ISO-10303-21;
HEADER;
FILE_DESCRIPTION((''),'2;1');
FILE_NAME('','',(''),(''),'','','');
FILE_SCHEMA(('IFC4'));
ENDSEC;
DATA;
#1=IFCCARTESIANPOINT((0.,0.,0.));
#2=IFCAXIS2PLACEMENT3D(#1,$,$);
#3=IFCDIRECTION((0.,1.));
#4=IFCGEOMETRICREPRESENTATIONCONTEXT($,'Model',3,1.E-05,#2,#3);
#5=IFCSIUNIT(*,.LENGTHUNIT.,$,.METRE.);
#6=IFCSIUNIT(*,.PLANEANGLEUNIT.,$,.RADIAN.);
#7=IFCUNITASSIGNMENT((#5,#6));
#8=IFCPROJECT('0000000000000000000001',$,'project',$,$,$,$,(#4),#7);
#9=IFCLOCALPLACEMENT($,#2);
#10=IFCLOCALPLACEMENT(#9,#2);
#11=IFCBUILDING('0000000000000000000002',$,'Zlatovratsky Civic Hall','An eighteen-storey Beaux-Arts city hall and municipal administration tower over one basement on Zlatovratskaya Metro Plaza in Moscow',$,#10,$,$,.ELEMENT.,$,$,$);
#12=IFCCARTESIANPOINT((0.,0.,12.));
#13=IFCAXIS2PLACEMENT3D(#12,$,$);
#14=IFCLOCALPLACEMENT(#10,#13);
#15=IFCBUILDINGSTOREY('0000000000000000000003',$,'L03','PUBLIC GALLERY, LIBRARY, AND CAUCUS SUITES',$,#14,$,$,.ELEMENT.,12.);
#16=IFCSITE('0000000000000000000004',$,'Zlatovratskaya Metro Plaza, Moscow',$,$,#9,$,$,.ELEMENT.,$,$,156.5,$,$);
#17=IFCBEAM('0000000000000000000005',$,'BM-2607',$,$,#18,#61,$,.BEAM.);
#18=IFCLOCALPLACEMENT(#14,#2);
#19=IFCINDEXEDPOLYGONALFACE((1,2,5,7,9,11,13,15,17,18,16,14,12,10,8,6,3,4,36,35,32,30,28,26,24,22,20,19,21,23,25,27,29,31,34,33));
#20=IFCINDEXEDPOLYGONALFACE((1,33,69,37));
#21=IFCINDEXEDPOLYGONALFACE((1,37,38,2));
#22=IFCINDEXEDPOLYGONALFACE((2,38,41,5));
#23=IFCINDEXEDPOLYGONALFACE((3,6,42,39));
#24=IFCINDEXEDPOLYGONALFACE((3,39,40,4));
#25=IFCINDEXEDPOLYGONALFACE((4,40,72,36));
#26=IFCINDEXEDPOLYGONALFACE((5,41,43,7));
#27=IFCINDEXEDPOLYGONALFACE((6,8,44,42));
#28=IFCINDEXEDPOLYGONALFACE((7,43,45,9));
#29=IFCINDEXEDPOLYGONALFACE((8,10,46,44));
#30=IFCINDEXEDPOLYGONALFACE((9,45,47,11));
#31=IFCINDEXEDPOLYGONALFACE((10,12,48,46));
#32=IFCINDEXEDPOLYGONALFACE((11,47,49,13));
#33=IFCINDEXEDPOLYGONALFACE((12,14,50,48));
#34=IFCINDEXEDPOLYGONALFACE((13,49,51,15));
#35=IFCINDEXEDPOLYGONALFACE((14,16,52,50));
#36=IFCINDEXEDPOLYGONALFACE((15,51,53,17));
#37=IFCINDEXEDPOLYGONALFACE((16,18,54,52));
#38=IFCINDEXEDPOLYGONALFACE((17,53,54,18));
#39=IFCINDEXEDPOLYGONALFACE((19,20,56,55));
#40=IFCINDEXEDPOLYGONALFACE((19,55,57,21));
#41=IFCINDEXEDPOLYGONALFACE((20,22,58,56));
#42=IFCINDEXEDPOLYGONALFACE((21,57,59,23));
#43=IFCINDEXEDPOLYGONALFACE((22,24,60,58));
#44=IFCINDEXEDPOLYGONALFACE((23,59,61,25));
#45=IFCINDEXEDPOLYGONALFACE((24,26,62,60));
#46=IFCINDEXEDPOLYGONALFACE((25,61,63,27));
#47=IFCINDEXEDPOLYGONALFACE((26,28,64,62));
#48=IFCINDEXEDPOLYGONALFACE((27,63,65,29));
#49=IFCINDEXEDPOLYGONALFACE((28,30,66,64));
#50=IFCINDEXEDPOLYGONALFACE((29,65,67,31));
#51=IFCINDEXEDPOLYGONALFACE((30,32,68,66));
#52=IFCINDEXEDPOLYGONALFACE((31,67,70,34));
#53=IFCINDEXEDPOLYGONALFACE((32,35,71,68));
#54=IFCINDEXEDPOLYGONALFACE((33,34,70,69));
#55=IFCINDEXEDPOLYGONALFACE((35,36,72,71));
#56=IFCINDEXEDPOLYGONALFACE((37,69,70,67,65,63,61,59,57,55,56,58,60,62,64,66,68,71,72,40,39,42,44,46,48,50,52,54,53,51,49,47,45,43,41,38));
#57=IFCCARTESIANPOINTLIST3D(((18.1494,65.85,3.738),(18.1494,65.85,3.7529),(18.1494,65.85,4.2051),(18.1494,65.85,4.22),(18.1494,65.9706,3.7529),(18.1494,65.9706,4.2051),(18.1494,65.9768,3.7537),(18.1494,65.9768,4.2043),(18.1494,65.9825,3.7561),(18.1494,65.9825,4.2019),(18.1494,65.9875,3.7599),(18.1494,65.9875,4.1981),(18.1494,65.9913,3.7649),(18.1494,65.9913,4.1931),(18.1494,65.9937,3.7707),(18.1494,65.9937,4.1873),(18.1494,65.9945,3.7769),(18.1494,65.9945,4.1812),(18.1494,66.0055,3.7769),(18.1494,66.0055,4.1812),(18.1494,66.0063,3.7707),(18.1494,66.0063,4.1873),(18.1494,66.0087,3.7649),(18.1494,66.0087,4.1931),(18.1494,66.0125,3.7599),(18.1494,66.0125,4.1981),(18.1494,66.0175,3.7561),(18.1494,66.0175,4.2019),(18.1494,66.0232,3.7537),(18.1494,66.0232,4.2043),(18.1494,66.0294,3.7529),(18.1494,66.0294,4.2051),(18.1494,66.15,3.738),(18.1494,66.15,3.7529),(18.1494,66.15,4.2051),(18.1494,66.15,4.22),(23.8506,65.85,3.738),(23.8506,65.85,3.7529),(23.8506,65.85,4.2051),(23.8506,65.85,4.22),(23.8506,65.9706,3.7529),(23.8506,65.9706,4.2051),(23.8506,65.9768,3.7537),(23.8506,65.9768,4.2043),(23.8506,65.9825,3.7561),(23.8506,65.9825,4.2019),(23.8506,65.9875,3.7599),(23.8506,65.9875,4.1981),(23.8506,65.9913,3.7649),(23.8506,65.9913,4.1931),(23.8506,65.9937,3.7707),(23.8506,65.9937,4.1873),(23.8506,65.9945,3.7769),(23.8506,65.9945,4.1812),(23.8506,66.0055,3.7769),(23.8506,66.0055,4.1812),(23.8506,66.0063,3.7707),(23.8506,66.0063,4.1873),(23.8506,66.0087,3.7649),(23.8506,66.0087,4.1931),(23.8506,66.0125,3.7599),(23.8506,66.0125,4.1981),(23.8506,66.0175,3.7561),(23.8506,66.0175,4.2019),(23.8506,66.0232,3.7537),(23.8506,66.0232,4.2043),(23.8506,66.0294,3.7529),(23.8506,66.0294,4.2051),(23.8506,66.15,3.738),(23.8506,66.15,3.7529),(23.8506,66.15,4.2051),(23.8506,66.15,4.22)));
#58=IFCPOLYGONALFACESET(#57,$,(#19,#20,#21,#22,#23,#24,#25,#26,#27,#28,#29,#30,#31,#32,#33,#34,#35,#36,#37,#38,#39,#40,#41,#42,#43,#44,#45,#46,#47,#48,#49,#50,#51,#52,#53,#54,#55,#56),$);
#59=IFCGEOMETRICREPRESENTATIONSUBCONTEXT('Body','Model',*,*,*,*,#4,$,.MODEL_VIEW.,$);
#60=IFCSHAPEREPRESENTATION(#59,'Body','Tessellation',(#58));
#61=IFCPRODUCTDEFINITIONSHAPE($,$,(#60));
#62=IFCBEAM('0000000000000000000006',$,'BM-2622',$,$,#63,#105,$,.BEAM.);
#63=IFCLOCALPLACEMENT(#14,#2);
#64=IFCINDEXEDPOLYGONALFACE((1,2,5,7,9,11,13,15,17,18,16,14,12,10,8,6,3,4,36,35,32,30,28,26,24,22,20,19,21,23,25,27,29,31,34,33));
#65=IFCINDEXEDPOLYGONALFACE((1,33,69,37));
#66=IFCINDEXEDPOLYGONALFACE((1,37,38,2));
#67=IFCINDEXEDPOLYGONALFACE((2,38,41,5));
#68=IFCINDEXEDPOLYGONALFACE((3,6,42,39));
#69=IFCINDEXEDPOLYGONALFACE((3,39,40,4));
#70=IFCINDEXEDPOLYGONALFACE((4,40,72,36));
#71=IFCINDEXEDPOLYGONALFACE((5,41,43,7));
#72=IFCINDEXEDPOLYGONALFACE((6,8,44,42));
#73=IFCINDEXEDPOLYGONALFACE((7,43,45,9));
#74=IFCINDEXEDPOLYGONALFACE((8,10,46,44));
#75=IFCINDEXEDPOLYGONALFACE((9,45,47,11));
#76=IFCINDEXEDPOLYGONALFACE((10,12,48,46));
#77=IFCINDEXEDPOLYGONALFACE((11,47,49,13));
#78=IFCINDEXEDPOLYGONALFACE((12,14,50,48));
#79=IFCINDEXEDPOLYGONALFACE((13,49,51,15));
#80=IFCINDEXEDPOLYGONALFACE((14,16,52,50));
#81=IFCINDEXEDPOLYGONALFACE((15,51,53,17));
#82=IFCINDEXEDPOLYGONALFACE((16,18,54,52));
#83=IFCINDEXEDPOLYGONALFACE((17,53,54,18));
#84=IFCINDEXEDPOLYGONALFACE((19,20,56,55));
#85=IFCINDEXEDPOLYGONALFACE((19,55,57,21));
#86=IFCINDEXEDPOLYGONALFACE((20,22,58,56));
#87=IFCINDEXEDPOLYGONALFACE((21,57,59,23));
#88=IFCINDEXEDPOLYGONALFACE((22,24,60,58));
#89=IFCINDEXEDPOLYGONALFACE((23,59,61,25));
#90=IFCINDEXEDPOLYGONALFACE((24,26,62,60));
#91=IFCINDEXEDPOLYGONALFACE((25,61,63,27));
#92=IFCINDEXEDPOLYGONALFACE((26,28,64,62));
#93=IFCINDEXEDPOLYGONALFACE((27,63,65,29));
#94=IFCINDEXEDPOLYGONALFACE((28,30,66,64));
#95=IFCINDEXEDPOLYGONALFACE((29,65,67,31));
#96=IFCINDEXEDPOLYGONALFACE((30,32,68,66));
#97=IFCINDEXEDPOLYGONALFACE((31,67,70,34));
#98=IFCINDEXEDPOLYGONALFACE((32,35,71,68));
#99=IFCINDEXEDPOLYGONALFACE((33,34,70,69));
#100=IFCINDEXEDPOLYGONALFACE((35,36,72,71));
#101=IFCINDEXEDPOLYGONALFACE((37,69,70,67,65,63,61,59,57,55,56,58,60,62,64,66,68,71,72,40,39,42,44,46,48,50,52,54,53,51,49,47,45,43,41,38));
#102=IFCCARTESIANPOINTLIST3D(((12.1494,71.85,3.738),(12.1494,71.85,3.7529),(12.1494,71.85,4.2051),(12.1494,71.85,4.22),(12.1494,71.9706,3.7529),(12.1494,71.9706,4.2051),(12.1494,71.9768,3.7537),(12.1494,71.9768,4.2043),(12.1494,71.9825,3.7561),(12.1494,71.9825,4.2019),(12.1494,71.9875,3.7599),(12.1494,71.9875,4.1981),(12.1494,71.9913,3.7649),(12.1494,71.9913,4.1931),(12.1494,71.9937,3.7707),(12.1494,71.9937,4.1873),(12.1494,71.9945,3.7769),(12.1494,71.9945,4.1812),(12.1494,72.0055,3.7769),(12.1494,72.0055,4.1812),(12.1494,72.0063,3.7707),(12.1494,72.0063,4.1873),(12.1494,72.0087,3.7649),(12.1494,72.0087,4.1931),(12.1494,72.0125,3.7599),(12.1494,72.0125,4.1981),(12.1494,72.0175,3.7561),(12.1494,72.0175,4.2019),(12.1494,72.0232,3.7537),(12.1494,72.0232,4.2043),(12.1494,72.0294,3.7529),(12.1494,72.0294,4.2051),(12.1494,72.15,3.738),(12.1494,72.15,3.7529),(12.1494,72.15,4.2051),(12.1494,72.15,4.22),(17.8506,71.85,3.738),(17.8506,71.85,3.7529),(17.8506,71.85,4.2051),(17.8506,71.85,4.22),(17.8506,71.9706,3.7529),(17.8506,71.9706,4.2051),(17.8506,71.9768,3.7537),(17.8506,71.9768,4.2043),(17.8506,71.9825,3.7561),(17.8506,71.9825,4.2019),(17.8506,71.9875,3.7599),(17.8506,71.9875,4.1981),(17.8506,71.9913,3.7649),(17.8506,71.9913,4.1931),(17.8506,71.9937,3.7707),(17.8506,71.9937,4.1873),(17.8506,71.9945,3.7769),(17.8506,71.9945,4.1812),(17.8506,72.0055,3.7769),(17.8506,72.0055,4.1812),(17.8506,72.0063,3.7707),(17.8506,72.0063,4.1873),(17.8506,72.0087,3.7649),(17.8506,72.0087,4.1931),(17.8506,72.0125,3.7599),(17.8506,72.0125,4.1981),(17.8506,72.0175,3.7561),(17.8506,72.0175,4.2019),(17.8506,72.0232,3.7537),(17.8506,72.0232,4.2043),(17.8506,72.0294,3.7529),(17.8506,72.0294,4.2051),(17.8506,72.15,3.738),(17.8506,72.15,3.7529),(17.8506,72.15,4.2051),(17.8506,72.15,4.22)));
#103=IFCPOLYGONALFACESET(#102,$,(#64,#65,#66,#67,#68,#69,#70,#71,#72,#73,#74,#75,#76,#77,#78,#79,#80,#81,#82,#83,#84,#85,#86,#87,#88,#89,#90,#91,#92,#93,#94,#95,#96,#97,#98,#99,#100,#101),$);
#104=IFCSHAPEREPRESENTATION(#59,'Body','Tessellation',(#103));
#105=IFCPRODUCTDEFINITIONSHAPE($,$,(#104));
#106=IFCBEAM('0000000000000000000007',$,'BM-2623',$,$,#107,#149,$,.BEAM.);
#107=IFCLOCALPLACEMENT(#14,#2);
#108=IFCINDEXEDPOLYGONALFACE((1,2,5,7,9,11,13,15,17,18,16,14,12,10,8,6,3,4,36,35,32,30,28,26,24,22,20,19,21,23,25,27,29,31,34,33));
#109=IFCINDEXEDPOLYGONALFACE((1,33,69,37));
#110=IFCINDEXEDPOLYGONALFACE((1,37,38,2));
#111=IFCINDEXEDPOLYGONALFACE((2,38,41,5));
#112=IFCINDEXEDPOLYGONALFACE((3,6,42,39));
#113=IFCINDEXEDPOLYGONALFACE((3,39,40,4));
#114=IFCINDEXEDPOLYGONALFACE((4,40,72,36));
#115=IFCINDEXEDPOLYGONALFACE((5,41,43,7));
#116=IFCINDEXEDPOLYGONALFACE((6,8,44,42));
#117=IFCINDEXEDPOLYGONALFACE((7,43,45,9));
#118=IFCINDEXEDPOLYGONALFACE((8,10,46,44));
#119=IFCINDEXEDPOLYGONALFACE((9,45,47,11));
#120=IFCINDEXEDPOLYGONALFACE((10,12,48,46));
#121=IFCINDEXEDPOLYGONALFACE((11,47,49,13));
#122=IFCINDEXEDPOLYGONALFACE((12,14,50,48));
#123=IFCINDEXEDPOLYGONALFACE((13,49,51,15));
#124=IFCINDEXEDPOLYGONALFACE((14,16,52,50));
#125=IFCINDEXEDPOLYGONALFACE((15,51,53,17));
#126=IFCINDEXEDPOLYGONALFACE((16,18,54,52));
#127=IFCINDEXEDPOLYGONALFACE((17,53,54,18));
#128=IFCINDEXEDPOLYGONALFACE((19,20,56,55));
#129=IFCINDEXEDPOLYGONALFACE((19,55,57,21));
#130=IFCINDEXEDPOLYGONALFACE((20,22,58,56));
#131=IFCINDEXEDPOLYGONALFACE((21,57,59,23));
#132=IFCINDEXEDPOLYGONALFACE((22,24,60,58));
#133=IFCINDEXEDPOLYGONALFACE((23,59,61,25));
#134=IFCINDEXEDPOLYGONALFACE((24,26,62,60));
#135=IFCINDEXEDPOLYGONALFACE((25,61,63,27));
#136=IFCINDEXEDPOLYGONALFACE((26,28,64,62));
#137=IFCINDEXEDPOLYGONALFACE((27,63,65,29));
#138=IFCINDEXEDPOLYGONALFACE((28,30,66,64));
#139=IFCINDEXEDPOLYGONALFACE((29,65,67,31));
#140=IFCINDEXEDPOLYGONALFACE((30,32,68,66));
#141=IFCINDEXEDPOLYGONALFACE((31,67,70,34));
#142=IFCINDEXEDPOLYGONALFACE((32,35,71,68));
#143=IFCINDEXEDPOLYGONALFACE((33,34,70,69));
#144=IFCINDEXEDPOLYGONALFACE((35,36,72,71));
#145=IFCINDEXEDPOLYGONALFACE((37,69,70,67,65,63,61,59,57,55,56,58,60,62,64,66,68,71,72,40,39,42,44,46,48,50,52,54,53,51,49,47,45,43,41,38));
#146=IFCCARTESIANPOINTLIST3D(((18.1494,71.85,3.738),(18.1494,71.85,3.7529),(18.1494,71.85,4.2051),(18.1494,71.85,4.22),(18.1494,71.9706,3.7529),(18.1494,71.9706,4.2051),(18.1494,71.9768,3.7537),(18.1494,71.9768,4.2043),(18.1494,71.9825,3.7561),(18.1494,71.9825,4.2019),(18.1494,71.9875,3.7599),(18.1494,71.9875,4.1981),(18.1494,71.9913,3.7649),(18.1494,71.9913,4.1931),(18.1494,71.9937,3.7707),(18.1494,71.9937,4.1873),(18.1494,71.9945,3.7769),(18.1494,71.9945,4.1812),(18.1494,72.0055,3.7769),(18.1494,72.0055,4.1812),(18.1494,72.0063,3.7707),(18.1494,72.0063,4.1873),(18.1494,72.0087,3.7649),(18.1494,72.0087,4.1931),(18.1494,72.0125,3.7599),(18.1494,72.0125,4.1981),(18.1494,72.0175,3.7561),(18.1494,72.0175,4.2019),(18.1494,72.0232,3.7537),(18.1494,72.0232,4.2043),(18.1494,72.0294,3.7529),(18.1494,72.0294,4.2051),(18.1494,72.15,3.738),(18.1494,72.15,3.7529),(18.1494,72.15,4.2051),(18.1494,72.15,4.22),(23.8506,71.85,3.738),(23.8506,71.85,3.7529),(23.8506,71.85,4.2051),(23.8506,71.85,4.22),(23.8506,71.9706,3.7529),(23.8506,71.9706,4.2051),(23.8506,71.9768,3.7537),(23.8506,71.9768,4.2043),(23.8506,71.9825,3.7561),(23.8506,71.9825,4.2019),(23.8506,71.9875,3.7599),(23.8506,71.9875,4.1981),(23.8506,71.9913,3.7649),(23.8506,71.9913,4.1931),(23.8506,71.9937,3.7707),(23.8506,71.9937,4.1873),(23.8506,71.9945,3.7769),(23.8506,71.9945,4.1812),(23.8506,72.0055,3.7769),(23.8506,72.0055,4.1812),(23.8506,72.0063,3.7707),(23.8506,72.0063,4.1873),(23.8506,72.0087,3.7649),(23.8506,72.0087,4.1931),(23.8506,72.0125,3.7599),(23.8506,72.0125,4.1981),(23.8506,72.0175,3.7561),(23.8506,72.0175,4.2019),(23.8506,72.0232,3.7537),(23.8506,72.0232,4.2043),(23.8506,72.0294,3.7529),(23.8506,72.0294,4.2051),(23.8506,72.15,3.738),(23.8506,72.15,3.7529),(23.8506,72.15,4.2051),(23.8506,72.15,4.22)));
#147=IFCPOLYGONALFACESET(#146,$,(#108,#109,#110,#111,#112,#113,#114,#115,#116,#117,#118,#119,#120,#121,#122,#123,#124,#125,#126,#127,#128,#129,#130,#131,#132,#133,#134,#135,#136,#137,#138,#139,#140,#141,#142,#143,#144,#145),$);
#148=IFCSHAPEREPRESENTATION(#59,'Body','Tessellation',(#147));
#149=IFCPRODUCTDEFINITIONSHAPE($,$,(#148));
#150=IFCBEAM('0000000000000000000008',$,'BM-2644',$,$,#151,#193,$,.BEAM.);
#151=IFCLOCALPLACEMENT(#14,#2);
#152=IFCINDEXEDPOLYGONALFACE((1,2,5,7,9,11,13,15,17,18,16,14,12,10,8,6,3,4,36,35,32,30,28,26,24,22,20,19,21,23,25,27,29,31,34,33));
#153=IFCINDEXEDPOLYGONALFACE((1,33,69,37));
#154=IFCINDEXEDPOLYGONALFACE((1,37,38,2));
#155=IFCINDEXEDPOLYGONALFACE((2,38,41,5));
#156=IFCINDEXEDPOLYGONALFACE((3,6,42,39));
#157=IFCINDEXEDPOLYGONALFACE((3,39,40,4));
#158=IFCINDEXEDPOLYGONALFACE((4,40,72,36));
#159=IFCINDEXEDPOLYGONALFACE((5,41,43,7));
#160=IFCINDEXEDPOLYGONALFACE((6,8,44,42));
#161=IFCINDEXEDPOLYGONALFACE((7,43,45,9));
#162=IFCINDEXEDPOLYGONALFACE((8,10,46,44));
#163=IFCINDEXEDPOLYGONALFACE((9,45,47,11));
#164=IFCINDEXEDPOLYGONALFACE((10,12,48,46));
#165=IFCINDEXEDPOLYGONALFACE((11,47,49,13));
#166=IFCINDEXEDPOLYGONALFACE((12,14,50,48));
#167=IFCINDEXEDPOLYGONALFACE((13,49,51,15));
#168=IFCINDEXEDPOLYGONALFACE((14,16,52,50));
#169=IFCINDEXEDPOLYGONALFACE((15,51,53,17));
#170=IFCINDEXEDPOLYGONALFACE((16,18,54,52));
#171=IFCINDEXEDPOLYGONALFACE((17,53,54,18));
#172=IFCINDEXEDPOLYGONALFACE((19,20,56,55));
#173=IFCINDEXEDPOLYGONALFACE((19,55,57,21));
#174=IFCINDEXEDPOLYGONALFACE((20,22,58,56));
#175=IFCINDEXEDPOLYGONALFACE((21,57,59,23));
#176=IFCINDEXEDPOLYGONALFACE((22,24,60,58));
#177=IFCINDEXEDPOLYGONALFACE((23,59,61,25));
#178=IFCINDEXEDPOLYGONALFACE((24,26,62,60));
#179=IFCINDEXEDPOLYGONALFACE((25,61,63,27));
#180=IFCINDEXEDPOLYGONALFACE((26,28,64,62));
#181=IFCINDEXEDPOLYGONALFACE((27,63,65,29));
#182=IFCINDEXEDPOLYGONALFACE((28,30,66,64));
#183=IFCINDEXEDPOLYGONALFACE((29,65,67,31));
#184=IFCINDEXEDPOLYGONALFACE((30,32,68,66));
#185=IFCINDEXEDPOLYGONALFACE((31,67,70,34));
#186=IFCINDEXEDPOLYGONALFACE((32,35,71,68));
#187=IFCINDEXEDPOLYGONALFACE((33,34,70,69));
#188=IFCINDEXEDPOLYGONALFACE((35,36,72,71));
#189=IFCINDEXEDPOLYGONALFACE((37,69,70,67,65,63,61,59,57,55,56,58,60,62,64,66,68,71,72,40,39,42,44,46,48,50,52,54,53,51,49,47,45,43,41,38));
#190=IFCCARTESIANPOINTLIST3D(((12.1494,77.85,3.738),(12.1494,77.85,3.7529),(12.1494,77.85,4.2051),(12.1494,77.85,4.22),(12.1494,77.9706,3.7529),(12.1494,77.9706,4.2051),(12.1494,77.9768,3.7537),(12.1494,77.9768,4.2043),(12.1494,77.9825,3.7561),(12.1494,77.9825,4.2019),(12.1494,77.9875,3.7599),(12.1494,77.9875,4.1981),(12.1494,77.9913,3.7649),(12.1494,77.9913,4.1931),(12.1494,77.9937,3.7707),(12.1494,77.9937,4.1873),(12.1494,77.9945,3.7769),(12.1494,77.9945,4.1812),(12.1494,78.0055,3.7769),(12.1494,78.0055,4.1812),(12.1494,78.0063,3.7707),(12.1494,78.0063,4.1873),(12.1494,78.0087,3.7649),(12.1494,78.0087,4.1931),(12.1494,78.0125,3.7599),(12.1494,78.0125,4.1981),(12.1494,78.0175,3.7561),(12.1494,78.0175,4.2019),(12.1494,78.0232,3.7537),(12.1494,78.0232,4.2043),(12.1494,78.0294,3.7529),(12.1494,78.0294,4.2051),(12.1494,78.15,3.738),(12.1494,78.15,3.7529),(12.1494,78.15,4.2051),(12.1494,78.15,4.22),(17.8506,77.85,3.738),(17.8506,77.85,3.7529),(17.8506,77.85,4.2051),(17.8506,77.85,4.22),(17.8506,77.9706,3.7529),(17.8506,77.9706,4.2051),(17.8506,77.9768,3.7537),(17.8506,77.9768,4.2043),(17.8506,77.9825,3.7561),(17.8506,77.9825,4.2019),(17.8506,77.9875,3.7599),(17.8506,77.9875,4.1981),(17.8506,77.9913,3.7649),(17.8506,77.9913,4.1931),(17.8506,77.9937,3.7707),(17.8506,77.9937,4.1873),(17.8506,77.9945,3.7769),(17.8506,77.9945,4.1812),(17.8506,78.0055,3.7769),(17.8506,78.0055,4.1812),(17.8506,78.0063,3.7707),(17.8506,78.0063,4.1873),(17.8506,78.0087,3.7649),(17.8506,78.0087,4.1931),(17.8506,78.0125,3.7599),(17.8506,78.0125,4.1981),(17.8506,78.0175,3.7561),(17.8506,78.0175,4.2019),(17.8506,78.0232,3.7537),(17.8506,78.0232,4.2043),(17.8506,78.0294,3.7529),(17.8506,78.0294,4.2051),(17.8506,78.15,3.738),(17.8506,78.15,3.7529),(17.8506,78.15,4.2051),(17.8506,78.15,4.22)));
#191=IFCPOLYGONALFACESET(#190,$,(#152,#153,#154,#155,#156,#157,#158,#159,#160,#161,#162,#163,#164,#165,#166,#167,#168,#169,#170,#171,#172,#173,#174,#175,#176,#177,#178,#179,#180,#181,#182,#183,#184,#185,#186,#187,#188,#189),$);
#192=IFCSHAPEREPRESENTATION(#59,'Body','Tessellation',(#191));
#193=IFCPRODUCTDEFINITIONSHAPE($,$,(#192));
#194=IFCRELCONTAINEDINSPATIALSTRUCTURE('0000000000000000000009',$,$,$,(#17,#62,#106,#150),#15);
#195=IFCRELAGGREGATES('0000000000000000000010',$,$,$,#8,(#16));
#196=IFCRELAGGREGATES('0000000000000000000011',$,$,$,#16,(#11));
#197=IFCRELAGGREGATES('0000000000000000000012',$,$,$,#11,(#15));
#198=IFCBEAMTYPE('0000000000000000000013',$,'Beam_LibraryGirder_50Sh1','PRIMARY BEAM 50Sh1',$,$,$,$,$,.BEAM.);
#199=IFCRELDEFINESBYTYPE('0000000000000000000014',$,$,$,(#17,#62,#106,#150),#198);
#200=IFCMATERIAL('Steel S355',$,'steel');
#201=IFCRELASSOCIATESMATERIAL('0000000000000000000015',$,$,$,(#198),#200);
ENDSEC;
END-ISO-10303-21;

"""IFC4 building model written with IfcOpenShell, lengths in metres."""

from ifc_helpers import new_model, si_unit, direction, frame, origin, origin_2d, place, context, subcontext, project, spatial, i_section, extrude, material, material_profile, profile_set, type_object, element, save


model = new_model("IFC4")

# Units and contexts
model_context = context("Model", 3, precision=1e-05, world=origin(), true_north=direction((0.0, 1.0)))
body_context = subcontext(model_context, "Body", "Model", "MODEL_VIEW")
ifc_project = project(units=[si_unit("LENGTHUNIT", "METRE"), si_unit("PLANEANGLEUNIT", "RADIAN")], contexts=[model_context])

# Site, building, storey
site_placement = place(None, origin())
site = spatial("IfcSite", under=ifc_project, at=site_placement, Name="Zlatovratskaya Metro Plaza, Moscow", CompositionType="ELEMENT", RefElevation=156.5)
building_placement = place(site_placement, origin())
building = spatial("IfcBuilding", under=site, at=building_placement, Name="Zlatovratsky Civic Hall", Description="An eighteen-storey Beaux-Arts city hall and municipal administration tower over one basement on Zlatovratskaya Metro Plaza in Moscow", CompositionType="ELEMENT")
storey_placement = place(building_placement, frame((0.0, 0.0, 12.0)))
storey = spatial("IfcBuildingStorey", under=building, at=storey_placement, Name="L03", Description="PUBLIC GALLERY, LIBRARY, AND CAUCUS SUITES", CompositionType="ELEMENT", Elevation=12.0)

# Shared definitions
ifc_material_1 = material(Name="Steel S355", Category="steel")

# Beams
ifc_material_profile_1 = material_profile(ifc_material_1, i_section(OverallWidth=0.3, OverallDepth=0.4819, WebThickness=0.011, FlangeThickness=0.0149, FilletRadius=0.0239, at=origin_2d()), Name="50Sh1")
ifc_profile_set_1 = profile_set([ifc_material_profile_1], Name="Steel S355")
beam_type = type_object("IfcBeamType", Name="Beam_LibraryGirder_50Sh1", Description="PRIMARY BEAM 50Sh1", PredefinedType="BEAM", material=ifc_profile_set_1)
for number, where, z_axis, x_axis, name in (
    (1, (18.1494, 66.0, 3.979), (1.0, 0.0, 0.0), (0.0, 1.0, 0.0), "BM-2607"),
    (2, (12.1494, 72.0, 3.979), (1.0, 0.0, 0.0), (0.0, 1.0, 0.0), "BM-2622"),
    (3, (18.1494, 72.0, 3.979), (1.0, 0.0, 0.0), (0.0, 1.0, 0.0), "BM-2623"),
    (4, (12.1494, 78.0, 3.979), (1.0, 0.0, 0.0), (0.0, 1.0, 0.0), "BM-2644"),
):
    element("IfcBeam", number, at=place(storey_placement, frame(where, z_axis=z_axis, x_axis=x_axis)), inside=storey, type_object=beam_type, Name=name, PredefinedType="BEAM", context=body_context, shape_type="SweptSolid", body=[
        extrude(i_section(OverallWidth=0.3, OverallDepth=0.4819, WebThickness=0.011, FlangeThickness=0.0149, FilletRadius=0.0239, at=origin_2d()), origin(), (0.0, 0.0, 1.0), 5.7012),
    ])

save(model, "model.ifc")
